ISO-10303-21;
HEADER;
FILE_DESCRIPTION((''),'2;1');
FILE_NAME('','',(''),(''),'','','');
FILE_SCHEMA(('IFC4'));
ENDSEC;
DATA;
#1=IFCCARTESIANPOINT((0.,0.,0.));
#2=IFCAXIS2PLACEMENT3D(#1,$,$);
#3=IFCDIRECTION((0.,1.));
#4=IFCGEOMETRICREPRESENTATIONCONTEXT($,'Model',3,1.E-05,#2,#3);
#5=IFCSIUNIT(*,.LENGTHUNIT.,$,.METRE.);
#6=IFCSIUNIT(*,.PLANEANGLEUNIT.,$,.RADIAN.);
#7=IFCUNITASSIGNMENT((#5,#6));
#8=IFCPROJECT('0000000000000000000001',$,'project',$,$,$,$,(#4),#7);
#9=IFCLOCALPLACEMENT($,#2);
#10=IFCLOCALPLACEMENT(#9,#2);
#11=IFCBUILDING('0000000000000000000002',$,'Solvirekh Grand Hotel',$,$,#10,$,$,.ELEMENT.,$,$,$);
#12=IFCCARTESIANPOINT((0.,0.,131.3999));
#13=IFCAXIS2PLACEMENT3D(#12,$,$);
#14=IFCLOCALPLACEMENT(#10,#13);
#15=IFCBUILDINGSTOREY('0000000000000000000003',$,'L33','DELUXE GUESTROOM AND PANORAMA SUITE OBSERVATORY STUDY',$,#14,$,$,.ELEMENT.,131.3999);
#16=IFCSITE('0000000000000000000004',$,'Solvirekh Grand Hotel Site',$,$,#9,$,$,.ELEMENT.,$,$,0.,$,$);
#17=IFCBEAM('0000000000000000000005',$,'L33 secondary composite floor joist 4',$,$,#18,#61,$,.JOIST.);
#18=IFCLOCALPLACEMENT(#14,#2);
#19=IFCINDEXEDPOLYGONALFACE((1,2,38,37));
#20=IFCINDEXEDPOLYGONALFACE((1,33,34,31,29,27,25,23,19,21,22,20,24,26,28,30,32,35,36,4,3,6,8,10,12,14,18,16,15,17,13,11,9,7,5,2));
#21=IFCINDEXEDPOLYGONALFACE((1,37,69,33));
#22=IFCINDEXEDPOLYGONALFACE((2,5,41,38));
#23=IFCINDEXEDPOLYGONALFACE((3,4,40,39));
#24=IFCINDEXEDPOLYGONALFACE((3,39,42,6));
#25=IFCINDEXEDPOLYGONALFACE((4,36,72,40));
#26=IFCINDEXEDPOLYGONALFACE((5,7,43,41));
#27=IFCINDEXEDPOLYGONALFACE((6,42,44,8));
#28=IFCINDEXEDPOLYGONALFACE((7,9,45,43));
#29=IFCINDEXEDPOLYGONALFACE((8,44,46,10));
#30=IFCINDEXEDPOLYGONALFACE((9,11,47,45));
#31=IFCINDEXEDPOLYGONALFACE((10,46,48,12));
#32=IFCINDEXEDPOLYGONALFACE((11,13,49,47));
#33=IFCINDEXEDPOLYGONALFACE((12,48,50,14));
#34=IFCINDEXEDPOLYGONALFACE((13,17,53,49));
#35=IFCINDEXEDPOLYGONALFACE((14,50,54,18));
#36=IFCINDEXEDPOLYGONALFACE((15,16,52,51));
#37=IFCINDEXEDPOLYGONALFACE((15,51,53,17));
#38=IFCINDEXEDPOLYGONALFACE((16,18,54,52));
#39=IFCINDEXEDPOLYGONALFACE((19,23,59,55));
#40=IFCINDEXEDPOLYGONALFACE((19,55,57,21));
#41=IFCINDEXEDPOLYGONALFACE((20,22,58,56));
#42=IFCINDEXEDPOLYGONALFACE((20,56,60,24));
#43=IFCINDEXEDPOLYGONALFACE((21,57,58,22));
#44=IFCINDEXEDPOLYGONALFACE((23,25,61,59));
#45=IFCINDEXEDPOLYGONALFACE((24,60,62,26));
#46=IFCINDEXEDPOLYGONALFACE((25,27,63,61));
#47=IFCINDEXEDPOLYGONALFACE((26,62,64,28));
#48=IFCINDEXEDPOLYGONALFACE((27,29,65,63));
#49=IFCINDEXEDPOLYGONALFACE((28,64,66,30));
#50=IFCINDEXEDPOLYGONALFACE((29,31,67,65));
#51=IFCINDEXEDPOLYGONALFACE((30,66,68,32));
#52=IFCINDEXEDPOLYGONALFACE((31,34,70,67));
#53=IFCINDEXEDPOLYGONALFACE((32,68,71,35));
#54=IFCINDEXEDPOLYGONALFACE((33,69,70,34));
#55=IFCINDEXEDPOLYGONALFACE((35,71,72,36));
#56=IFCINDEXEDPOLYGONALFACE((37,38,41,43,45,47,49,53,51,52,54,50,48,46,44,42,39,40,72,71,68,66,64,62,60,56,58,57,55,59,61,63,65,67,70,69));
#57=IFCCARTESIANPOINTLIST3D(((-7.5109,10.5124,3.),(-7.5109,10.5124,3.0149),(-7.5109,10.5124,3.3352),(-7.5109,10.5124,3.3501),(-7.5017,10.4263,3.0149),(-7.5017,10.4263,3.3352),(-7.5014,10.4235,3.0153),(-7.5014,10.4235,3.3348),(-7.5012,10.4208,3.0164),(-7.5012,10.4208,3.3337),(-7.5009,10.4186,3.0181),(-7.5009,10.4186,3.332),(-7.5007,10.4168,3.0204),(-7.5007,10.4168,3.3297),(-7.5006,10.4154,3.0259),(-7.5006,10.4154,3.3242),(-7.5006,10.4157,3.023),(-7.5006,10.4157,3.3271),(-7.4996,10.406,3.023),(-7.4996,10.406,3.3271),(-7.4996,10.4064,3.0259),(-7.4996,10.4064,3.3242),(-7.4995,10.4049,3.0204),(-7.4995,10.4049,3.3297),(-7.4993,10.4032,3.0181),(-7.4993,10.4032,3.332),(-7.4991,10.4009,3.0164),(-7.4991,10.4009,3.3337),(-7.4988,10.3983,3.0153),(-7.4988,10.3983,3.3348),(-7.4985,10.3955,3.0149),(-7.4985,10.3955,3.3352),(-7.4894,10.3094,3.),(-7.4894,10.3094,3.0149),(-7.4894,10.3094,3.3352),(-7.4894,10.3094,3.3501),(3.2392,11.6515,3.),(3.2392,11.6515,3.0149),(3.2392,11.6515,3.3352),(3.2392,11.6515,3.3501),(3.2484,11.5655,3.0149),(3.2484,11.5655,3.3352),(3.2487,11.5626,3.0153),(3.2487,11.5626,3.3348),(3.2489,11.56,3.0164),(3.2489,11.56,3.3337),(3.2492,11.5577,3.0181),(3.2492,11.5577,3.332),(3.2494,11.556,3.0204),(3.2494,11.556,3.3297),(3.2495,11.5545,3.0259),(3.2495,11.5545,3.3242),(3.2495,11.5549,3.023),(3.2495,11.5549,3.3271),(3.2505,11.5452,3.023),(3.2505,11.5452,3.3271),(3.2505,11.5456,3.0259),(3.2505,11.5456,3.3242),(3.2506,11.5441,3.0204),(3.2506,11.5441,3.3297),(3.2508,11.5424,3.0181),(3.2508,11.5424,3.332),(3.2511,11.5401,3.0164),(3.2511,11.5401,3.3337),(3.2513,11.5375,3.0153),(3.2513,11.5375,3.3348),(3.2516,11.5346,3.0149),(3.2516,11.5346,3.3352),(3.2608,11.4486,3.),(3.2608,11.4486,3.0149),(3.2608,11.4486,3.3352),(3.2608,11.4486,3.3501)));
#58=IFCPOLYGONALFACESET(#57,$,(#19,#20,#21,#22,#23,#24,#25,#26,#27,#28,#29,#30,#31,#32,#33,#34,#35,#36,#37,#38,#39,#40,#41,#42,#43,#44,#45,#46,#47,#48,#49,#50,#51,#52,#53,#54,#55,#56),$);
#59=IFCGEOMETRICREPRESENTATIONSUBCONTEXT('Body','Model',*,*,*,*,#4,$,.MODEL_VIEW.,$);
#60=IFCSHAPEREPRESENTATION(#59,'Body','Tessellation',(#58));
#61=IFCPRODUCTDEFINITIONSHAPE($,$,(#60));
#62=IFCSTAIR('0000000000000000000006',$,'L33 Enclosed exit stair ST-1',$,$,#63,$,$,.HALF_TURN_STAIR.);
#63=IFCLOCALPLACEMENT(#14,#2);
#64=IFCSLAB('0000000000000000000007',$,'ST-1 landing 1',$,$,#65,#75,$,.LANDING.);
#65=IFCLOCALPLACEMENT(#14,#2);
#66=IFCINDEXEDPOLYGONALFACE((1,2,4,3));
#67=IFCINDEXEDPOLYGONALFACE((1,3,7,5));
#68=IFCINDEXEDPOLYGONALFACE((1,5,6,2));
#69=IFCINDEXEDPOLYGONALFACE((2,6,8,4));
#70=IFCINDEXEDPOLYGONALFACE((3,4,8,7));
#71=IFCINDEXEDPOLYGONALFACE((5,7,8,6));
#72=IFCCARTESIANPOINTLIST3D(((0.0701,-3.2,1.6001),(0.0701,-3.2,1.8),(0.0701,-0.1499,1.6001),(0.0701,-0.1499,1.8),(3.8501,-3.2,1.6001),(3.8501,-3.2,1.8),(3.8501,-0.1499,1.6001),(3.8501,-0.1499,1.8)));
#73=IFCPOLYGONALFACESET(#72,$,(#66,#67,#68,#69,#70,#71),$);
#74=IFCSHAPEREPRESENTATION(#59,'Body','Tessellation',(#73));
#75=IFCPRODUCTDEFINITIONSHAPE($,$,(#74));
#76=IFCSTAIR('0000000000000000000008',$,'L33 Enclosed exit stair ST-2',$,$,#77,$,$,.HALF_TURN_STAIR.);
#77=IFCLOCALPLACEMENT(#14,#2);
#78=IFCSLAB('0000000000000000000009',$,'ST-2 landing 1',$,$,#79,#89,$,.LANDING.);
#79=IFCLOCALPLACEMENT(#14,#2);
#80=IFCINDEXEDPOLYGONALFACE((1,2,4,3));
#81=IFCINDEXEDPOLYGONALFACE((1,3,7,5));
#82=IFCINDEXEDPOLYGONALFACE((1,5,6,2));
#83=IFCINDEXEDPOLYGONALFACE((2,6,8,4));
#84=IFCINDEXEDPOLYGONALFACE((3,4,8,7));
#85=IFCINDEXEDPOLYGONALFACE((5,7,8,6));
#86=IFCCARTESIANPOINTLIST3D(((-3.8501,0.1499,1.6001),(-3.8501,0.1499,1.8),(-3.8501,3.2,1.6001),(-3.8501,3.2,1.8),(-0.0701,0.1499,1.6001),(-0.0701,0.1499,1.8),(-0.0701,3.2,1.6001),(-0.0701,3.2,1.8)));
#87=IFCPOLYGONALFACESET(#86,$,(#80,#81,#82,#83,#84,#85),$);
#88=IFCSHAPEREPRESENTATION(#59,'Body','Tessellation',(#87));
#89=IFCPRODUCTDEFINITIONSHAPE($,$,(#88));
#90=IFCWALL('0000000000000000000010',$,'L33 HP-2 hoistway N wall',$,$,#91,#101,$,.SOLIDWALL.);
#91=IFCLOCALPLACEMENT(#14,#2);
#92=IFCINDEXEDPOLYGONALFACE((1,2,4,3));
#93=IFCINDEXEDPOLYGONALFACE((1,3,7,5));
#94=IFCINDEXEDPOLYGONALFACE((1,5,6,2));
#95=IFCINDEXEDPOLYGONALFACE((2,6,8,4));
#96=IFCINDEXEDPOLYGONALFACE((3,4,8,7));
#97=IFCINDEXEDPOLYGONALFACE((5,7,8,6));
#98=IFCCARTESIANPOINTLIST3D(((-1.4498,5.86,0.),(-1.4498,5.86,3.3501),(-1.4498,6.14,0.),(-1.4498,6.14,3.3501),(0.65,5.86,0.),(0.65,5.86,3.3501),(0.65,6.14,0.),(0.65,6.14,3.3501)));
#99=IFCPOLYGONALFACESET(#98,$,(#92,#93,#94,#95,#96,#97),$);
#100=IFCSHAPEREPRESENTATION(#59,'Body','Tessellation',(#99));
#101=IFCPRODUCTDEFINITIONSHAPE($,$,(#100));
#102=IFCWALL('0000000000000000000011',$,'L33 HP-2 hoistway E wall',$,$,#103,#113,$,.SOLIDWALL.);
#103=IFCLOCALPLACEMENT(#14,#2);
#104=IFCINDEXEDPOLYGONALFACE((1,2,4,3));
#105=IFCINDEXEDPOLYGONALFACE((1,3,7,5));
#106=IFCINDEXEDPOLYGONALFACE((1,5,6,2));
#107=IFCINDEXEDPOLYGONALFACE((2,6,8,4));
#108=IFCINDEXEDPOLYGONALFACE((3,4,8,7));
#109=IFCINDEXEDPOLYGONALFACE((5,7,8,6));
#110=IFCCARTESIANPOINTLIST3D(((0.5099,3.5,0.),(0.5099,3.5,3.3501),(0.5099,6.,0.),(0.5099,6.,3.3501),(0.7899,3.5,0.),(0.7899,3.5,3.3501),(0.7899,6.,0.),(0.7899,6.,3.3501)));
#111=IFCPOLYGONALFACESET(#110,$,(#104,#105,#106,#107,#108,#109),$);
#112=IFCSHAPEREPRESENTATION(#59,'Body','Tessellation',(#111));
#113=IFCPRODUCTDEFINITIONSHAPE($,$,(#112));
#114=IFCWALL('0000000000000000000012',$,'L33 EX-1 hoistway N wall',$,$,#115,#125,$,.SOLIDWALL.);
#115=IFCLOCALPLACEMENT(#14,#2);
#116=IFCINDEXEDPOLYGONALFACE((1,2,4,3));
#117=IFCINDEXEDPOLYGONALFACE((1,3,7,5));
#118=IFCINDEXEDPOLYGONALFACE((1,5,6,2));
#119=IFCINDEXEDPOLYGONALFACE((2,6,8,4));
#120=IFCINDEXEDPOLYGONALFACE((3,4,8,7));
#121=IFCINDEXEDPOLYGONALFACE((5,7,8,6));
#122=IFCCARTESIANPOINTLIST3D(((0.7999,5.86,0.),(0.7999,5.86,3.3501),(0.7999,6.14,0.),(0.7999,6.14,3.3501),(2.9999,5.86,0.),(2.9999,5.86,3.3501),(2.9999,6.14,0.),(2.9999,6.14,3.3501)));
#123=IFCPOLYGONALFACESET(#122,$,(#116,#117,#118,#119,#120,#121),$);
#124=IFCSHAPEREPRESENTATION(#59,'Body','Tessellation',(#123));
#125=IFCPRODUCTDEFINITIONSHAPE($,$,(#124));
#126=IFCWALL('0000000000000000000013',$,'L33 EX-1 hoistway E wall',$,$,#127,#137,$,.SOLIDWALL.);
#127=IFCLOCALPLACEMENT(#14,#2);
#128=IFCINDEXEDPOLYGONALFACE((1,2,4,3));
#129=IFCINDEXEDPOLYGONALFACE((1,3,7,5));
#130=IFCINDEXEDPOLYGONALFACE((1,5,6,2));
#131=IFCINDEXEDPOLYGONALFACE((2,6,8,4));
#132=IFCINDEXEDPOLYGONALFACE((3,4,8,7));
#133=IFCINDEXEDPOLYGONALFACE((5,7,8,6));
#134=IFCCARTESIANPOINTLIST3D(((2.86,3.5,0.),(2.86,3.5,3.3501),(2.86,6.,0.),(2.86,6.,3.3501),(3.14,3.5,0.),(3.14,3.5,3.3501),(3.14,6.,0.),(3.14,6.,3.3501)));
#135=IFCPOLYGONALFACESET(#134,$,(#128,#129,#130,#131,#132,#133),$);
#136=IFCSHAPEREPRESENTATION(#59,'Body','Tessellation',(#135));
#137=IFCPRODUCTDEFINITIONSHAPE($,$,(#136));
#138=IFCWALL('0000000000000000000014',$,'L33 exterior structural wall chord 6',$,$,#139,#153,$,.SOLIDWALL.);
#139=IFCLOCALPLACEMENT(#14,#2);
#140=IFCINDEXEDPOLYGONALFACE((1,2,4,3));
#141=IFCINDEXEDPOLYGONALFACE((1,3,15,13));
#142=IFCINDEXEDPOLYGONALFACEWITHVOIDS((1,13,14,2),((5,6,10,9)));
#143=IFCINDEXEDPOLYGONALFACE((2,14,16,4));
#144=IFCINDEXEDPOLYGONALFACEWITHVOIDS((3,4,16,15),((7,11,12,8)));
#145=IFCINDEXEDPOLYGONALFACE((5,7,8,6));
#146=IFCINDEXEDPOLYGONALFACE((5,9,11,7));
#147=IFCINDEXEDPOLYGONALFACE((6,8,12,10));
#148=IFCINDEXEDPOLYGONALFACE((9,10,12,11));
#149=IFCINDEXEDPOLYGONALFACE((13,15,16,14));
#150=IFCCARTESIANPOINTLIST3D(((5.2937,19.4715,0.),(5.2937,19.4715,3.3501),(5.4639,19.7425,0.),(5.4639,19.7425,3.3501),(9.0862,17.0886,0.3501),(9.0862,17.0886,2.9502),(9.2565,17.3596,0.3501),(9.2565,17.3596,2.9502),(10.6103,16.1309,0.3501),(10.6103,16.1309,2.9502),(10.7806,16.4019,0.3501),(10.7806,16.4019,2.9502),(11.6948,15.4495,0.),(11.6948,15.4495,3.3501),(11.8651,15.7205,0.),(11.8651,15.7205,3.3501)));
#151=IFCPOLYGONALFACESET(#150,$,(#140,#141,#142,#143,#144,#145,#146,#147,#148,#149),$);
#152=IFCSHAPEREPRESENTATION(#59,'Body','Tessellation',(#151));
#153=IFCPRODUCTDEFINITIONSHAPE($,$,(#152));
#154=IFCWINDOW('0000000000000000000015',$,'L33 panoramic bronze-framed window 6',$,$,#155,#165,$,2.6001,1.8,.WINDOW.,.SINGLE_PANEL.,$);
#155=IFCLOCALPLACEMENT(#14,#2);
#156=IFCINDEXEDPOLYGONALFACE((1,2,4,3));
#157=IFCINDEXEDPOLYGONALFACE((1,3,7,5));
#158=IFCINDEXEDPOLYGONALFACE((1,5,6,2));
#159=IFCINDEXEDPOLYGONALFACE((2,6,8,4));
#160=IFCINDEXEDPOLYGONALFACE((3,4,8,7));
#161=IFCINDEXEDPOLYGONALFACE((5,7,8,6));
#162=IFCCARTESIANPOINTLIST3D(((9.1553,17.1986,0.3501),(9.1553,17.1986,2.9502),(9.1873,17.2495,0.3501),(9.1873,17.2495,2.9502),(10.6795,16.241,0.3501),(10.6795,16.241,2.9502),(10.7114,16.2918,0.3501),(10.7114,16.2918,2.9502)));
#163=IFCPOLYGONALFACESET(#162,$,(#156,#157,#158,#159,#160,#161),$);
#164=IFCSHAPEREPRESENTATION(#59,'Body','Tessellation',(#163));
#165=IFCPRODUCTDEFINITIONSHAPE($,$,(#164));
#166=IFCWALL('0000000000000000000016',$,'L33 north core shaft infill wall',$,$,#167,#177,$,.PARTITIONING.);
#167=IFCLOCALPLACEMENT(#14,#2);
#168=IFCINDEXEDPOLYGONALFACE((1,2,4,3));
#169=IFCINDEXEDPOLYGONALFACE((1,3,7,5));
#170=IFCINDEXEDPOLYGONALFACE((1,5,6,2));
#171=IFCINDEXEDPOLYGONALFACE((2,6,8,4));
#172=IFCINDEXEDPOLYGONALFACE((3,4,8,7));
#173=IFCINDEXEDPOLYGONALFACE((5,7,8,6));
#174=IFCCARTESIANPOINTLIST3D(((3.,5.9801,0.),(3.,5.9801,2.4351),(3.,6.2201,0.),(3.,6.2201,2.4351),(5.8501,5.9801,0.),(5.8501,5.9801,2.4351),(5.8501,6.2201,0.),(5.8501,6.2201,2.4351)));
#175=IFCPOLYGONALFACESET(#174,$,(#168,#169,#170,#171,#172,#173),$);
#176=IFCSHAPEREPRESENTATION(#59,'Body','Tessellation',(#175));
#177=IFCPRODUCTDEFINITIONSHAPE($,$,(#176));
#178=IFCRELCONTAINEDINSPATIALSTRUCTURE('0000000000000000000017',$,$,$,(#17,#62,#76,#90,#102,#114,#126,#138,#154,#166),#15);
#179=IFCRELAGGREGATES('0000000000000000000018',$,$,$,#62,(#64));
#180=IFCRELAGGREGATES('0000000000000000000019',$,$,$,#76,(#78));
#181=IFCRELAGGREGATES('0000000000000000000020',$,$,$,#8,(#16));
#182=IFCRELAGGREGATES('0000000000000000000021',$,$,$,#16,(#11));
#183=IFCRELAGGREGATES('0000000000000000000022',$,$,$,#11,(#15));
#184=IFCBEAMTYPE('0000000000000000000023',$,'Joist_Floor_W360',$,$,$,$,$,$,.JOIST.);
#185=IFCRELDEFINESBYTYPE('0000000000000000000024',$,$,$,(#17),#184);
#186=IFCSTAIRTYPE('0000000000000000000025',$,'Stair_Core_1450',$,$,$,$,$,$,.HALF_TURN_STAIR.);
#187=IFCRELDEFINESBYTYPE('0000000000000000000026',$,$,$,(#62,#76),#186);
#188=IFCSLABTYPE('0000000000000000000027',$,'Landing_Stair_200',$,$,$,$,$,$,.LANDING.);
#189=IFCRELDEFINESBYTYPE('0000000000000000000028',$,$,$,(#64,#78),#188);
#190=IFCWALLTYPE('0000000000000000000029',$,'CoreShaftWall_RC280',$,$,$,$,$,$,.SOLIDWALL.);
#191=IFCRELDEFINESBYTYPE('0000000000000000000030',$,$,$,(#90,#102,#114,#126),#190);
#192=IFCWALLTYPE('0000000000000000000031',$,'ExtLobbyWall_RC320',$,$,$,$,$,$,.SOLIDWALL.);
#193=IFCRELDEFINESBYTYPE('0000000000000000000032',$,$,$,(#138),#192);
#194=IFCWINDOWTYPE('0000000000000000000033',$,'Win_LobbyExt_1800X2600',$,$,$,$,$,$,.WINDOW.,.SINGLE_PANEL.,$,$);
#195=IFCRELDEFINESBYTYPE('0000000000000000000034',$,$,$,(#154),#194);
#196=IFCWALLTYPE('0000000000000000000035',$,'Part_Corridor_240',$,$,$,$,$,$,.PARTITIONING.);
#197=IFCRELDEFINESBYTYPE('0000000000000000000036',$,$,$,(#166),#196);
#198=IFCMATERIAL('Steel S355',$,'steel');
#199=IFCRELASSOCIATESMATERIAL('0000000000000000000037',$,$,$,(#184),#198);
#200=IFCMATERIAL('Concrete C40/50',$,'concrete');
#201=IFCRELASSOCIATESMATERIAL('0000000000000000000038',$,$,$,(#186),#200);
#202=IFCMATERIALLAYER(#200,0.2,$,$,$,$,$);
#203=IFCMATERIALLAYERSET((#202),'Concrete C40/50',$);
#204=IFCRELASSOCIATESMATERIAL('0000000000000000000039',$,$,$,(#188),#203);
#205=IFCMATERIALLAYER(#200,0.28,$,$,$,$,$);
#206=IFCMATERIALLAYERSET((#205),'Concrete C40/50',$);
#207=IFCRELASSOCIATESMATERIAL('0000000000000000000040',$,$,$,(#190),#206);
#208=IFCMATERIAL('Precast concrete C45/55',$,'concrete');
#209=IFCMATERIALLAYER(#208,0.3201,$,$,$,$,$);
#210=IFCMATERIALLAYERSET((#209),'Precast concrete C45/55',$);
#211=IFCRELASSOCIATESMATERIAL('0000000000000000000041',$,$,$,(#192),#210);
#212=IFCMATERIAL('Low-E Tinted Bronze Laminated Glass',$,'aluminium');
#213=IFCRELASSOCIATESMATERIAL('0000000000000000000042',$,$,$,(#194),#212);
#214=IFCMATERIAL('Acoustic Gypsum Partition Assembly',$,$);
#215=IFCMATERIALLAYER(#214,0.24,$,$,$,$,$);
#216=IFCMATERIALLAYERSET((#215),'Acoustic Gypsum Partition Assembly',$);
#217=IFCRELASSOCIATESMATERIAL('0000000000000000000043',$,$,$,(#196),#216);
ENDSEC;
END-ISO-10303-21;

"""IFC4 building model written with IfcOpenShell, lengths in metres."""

from ifc_helpers import new_model, si_unit, direction, frame, frame_2d, origin, origin_2d, place, context, subcontext, project, spatial, polyline, rectangle, i_section, outline, extrude, material, layer, layer_set, material_profile, profile_set, type_object, element, fill, aggregate, save


model = new_model("IFC4")

# Units and contexts
model_context = context("Model", 3, precision=1e-05, world=origin(), true_north=direction((0.0, 1.0)))
body_context = subcontext(model_context, "Body", "Model", "MODEL_VIEW")
ifc_project = project(units=[si_unit("LENGTHUNIT", "METRE"), si_unit("PLANEANGLEUNIT", "RADIAN")], contexts=[model_context])

# Site, building, storey
site_placement = place(None, origin())
site = spatial("IfcSite", under=ifc_project, at=site_placement, Name="Solvirekh Grand Hotel Site", CompositionType="ELEMENT", RefElevation=0.0)
building_placement = place(site_placement, origin())
building = spatial("IfcBuilding", under=site, at=building_placement, Name="Solvirekh Grand Hotel", CompositionType="ELEMENT")
storey_placement = place(building_placement, frame((0.0, 0.0, 131.3999)))
storey = spatial("IfcBuildingStorey", under=building, at=storey_placement, Name="L33", Description="DELUXE GUESTROOM AND PANORAMA SUITE OBSERVATORY STUDY", CompositionType="ELEMENT", Elevation=131.3999)

# Beam
ifc_material_1 = material(Name="Steel S355", Category="steel")
ifc_material_profile = material_profile(ifc_material_1, i_section(OverallWidth=0.2041, OverallDepth=0.3501, WebThickness=0.009, FlangeThickness=0.0149, FilletRadius=0.011, at=origin_2d()), Name="W360X72")
ifc_profile_set = profile_set([ifc_material_profile], Name="Steel S355")
beam_type = type_object("IfcBeamType", Name="Joist_Floor_W360", PredefinedType="JOIST", material=ifc_profile_set)
beam_placement = place(storey_placement, frame((3.25, 11.55, 3.175), z_axis=(-0.994432, -0.105378, 0.0), x_axis=(0.105378, -0.994432, 0.0)))
element("IfcBeam", 1, at=beam_placement, inside=storey, type_object=beam_type, Name="L33 secondary composite floor joist 4", PredefinedType="JOIST", context=body_context, shape_type="SweptSolid", body=[
    extrude(i_section(OverallWidth=0.2041, OverallDepth=0.3501, WebThickness=0.009, FlangeThickness=0.0149, FilletRadius=0.011, at=origin_2d()), origin(), (0.0, 0.0, 1.0), 10.8103),
])

# Stairs, slabs
ifc_material_2 = material(Name="Concrete C40/50", Category="concrete")
stair_type = type_object("IfcStairType", Name="Stair_Core_1450", PredefinedType="HALF_TURN_STAIR", material=ifc_material_2)
stair_1_placement = place(storey_placement, origin())
stair_1 = element("IfcStair", 2, at=stair_1_placement, inside=storey, type_object=stair_type, Name="L33 Enclosed exit stair ST-1", PredefinedType="HALF_TURN_STAIR")
ifc_layer_1 = layer(ifc_material_2, 0.2)
ifc_layer_set_1 = layer_set([ifc_layer_1], Name="Concrete C40/50")
slab_type = type_object("IfcSlabType", Name="Landing_Stair_200", PredefinedType="LANDING", material=ifc_layer_set_1)
slab_1_placement = place(storey_placement, frame((0.0, 0.0, 1.6001)))
slab_1 = element("IfcSlab", 3, at=slab_1_placement, type_object=slab_type, Name="ST-1 landing 1", PredefinedType="LANDING", context=body_context, shape_type="SweptSolid", body=[
    extrude(outline(polyline([(0.0701, -3.2), (3.8501, -3.2), (3.8501, -0.1499), (0.0701, -0.1499), (0.0701, -3.2)])), origin(), (0.0, 0.0, 1.0), 0.2),
])
stair_2_placement = place(storey_placement, origin())
stair_2 = element("IfcStair", 4, at=stair_2_placement, inside=storey, type_object=stair_type, Name="L33 Enclosed exit stair ST-2", PredefinedType="HALF_TURN_STAIR")
slab_2_placement = place(storey_placement, frame((0.0, 0.0, 1.6001)))
slab_2 = element("IfcSlab", 5, at=slab_2_placement, type_object=slab_type, Name="ST-2 landing 1", PredefinedType="LANDING", context=body_context, shape_type="SweptSolid", body=[
    extrude(outline(polyline([(-0.0701, 3.2), (-3.8501, 3.2), (-3.8501, 0.1499), (-0.0701, 0.1499), (-0.0701, 3.2)])), origin(), (0.0, 0.0, 1.0), 0.2),
])

# Walls
ifc_layer_2 = layer(ifc_material_2, 0.28)
ifc_layer_set_2 = layer_set([ifc_layer_2], Name="Concrete C40/50")
wall_type_1 = type_object("IfcWallType", Name="CoreShaftWall_RC280", PredefinedType="SOLIDWALL", material=ifc_layer_set_2)
wall_1_placement = place(storey_placement, frame((0.6499, 6.0, 0.0), z_axis=(0.0, 0.0, 1.0), x_axis=(-1.0, 0.0, 0.0)))
element("IfcWall", 6, at=wall_1_placement, inside=storey, type_object=wall_type_1, Name="L33 HP-2 hoistway N wall", PredefinedType="SOLIDWALL", context=body_context, shape_type="SweptSolid", body=[
    extrude(rectangle(XDim=2.0999, YDim=0.28, at=frame_2d((1.0498, 0.0))), origin(), (0.0, 0.0, 1.0), 3.3501),
])
wall_2_placement = place(storey_placement, frame((0.6499, 3.5, 0.0), z_axis=(0.0, 0.0, 1.0), x_axis=(0.0, 1.0, 0.0)))
element("IfcWall", 7, at=wall_2_placement, inside=storey, type_object=wall_type_1, Name="L33 HP-2 hoistway E wall", PredefinedType="SOLIDWALL", context=body_context, shape_type="SweptSolid", body=[
    extrude(rectangle(XDim=2.5, YDim=0.28, at=frame_2d((1.25, 0.0))), origin(), (0.0, 0.0, 1.0), 3.3501),
])
wall_3_placement = place(storey_placement, frame((3.0, 6.0, 0.0), z_axis=(0.0, 0.0, 1.0), x_axis=(-1.0, 0.0, 0.0)))
element("IfcWall", 8, at=wall_3_placement, inside=storey, type_object=wall_type_1, Name="L33 EX-1 hoistway N wall", PredefinedType="SOLIDWALL", context=body_context, shape_type="SweptSolid", body=[
    extrude(rectangle(XDim=2.2, YDim=0.28, at=frame_2d((1.1001, 0.0))), origin(), (0.0, 0.0, 1.0), 3.3501),
])
wall_4_placement = place(storey_placement, frame((3.0, 3.5, 0.0), z_axis=(0.0, 0.0, 1.0), x_axis=(0.0, 1.0, 0.0)))
element("IfcWall", 9, at=wall_4_placement, inside=storey, type_object=wall_type_1, Name="L33 EX-1 hoistway E wall", PredefinedType="SOLIDWALL", context=body_context, shape_type="SweptSolid", body=[
    extrude(rectangle(XDim=2.5, YDim=0.28, at=frame_2d((1.25, 0.0))), origin(), (0.0, 0.0, 1.0), 3.3501),
])

# Wall, opening, window
ifc_material_3 = material(Name="Precast concrete C45/55", Category="concrete")
ifc_layer_3 = layer(ifc_material_3, 0.3201)
ifc_layer_set_3 = layer_set([ifc_layer_3], Name="Precast concrete C45/55")
wall_type_2 = type_object("IfcWallType", Name="ExtLobbyWall_RC320", PredefinedType="SOLIDWALL", material=ifc_layer_set_3)
wall_5_placement = place(storey_placement, frame((5.3789, 19.6069, 0.0), z_axis=(0.0, 0.0, 1.0), x_axis=(0.846731, -0.532021, 0.0)))
wall_5 = element("IfcWall", 10, at=wall_5_placement, inside=storey, type_object=wall_type_2, Name="L33 exterior structural wall chord 6", PredefinedType="SOLIDWALL", context=body_context, shape_type="SweptSolid", body=[
    extrude(rectangle(XDim=7.5598, YDim=0.3201, at=frame_2d((3.7798, 0.0))), origin(), (0.0, 0.0, 1.0), 3.3501),
])
opening_1_placement = place(wall_5_placement, frame((4.479, 0.0, 0.3501)))
opening_1 = element("IfcOpeningElement", 11, at=opening_1_placement, cuts=wall_5, PredefinedType="OPENING", context=body_context, shape_type="SweptSolid", body=[
    extrude(rectangle(XDim=1.8, YDim=2.6001, at=frame_2d((0.8999, 1.3))), frame((0.0, 0.1699, 0.0), z_axis=(0.0, -1.0, 0.0), x_axis=(1.0, 0.0, 0.0)), (0.0, 0.0, 1.0), 0.3401),
])
ifc_material_4 = material(Name="Low-E Tinted Bronze Laminated Glass", Category="aluminium")
window_type = type_object("IfcWindowType", Name="Win_LobbyExt_1800X2600", PartitioningType="SINGLE_PANEL", PredefinedType="WINDOW", material=ifc_material_4)
window_placement = place(opening_1_placement, origin())
window = element("IfcWindow", 12, at=window_placement, inside=storey, type_object=window_type, Name="L33 panoramic bronze-framed window 6", OverallHeight=2.6001, OverallWidth=1.8, PartitioningType="SINGLE_PANEL", PredefinedType="WINDOW", context=body_context, shape_type="SweptSolid", body=[
    extrude(rectangle(XDim=1.8, YDim=2.6001, at=frame_2d((0.8999, 1.3))), frame((0.0, 0.03, 0.0), z_axis=(0.0, -1.0, 0.0), x_axis=(1.0, 0.0, 0.0)), (0.0, 0.0, 1.0), 0.0601),
])
fill(opening_1, window)

# Wall
ifc_material_5 = material(Name="Acoustic Gypsum Partition Assembly")
ifc_layer_4 = layer(ifc_material_5, 0.24)
ifc_layer_set_4 = layer_set([ifc_layer_4], Name="Acoustic Gypsum Partition Assembly")
wall_type_3 = type_object("IfcWallType", Name="Part_Corridor_240", PredefinedType="PARTITIONING", material=ifc_layer_set_4)
wall_6_placement = place(storey_placement, frame((3.0, 6.1001, 0.0), z_axis=(0.0, 0.0, 1.0), x_axis=(1.0, 0.0, 0.0)))
element("IfcWall", 13, at=wall_6_placement, inside=storey, type_object=wall_type_3, Name="L33 north core shaft infill wall", PredefinedType="PARTITIONING", context=body_context, shape_type="SweptSolid", body=[
    extrude(rectangle(XDim=2.8501, YDim=0.24, at=frame_2d((1.425, 0.0))), origin(), (0.0, 0.0, 1.0), 2.4351),
])

aggregate(stair_1, [slab_1])
aggregate(stair_2, [slab_2])

save(model, "model.ifc")
